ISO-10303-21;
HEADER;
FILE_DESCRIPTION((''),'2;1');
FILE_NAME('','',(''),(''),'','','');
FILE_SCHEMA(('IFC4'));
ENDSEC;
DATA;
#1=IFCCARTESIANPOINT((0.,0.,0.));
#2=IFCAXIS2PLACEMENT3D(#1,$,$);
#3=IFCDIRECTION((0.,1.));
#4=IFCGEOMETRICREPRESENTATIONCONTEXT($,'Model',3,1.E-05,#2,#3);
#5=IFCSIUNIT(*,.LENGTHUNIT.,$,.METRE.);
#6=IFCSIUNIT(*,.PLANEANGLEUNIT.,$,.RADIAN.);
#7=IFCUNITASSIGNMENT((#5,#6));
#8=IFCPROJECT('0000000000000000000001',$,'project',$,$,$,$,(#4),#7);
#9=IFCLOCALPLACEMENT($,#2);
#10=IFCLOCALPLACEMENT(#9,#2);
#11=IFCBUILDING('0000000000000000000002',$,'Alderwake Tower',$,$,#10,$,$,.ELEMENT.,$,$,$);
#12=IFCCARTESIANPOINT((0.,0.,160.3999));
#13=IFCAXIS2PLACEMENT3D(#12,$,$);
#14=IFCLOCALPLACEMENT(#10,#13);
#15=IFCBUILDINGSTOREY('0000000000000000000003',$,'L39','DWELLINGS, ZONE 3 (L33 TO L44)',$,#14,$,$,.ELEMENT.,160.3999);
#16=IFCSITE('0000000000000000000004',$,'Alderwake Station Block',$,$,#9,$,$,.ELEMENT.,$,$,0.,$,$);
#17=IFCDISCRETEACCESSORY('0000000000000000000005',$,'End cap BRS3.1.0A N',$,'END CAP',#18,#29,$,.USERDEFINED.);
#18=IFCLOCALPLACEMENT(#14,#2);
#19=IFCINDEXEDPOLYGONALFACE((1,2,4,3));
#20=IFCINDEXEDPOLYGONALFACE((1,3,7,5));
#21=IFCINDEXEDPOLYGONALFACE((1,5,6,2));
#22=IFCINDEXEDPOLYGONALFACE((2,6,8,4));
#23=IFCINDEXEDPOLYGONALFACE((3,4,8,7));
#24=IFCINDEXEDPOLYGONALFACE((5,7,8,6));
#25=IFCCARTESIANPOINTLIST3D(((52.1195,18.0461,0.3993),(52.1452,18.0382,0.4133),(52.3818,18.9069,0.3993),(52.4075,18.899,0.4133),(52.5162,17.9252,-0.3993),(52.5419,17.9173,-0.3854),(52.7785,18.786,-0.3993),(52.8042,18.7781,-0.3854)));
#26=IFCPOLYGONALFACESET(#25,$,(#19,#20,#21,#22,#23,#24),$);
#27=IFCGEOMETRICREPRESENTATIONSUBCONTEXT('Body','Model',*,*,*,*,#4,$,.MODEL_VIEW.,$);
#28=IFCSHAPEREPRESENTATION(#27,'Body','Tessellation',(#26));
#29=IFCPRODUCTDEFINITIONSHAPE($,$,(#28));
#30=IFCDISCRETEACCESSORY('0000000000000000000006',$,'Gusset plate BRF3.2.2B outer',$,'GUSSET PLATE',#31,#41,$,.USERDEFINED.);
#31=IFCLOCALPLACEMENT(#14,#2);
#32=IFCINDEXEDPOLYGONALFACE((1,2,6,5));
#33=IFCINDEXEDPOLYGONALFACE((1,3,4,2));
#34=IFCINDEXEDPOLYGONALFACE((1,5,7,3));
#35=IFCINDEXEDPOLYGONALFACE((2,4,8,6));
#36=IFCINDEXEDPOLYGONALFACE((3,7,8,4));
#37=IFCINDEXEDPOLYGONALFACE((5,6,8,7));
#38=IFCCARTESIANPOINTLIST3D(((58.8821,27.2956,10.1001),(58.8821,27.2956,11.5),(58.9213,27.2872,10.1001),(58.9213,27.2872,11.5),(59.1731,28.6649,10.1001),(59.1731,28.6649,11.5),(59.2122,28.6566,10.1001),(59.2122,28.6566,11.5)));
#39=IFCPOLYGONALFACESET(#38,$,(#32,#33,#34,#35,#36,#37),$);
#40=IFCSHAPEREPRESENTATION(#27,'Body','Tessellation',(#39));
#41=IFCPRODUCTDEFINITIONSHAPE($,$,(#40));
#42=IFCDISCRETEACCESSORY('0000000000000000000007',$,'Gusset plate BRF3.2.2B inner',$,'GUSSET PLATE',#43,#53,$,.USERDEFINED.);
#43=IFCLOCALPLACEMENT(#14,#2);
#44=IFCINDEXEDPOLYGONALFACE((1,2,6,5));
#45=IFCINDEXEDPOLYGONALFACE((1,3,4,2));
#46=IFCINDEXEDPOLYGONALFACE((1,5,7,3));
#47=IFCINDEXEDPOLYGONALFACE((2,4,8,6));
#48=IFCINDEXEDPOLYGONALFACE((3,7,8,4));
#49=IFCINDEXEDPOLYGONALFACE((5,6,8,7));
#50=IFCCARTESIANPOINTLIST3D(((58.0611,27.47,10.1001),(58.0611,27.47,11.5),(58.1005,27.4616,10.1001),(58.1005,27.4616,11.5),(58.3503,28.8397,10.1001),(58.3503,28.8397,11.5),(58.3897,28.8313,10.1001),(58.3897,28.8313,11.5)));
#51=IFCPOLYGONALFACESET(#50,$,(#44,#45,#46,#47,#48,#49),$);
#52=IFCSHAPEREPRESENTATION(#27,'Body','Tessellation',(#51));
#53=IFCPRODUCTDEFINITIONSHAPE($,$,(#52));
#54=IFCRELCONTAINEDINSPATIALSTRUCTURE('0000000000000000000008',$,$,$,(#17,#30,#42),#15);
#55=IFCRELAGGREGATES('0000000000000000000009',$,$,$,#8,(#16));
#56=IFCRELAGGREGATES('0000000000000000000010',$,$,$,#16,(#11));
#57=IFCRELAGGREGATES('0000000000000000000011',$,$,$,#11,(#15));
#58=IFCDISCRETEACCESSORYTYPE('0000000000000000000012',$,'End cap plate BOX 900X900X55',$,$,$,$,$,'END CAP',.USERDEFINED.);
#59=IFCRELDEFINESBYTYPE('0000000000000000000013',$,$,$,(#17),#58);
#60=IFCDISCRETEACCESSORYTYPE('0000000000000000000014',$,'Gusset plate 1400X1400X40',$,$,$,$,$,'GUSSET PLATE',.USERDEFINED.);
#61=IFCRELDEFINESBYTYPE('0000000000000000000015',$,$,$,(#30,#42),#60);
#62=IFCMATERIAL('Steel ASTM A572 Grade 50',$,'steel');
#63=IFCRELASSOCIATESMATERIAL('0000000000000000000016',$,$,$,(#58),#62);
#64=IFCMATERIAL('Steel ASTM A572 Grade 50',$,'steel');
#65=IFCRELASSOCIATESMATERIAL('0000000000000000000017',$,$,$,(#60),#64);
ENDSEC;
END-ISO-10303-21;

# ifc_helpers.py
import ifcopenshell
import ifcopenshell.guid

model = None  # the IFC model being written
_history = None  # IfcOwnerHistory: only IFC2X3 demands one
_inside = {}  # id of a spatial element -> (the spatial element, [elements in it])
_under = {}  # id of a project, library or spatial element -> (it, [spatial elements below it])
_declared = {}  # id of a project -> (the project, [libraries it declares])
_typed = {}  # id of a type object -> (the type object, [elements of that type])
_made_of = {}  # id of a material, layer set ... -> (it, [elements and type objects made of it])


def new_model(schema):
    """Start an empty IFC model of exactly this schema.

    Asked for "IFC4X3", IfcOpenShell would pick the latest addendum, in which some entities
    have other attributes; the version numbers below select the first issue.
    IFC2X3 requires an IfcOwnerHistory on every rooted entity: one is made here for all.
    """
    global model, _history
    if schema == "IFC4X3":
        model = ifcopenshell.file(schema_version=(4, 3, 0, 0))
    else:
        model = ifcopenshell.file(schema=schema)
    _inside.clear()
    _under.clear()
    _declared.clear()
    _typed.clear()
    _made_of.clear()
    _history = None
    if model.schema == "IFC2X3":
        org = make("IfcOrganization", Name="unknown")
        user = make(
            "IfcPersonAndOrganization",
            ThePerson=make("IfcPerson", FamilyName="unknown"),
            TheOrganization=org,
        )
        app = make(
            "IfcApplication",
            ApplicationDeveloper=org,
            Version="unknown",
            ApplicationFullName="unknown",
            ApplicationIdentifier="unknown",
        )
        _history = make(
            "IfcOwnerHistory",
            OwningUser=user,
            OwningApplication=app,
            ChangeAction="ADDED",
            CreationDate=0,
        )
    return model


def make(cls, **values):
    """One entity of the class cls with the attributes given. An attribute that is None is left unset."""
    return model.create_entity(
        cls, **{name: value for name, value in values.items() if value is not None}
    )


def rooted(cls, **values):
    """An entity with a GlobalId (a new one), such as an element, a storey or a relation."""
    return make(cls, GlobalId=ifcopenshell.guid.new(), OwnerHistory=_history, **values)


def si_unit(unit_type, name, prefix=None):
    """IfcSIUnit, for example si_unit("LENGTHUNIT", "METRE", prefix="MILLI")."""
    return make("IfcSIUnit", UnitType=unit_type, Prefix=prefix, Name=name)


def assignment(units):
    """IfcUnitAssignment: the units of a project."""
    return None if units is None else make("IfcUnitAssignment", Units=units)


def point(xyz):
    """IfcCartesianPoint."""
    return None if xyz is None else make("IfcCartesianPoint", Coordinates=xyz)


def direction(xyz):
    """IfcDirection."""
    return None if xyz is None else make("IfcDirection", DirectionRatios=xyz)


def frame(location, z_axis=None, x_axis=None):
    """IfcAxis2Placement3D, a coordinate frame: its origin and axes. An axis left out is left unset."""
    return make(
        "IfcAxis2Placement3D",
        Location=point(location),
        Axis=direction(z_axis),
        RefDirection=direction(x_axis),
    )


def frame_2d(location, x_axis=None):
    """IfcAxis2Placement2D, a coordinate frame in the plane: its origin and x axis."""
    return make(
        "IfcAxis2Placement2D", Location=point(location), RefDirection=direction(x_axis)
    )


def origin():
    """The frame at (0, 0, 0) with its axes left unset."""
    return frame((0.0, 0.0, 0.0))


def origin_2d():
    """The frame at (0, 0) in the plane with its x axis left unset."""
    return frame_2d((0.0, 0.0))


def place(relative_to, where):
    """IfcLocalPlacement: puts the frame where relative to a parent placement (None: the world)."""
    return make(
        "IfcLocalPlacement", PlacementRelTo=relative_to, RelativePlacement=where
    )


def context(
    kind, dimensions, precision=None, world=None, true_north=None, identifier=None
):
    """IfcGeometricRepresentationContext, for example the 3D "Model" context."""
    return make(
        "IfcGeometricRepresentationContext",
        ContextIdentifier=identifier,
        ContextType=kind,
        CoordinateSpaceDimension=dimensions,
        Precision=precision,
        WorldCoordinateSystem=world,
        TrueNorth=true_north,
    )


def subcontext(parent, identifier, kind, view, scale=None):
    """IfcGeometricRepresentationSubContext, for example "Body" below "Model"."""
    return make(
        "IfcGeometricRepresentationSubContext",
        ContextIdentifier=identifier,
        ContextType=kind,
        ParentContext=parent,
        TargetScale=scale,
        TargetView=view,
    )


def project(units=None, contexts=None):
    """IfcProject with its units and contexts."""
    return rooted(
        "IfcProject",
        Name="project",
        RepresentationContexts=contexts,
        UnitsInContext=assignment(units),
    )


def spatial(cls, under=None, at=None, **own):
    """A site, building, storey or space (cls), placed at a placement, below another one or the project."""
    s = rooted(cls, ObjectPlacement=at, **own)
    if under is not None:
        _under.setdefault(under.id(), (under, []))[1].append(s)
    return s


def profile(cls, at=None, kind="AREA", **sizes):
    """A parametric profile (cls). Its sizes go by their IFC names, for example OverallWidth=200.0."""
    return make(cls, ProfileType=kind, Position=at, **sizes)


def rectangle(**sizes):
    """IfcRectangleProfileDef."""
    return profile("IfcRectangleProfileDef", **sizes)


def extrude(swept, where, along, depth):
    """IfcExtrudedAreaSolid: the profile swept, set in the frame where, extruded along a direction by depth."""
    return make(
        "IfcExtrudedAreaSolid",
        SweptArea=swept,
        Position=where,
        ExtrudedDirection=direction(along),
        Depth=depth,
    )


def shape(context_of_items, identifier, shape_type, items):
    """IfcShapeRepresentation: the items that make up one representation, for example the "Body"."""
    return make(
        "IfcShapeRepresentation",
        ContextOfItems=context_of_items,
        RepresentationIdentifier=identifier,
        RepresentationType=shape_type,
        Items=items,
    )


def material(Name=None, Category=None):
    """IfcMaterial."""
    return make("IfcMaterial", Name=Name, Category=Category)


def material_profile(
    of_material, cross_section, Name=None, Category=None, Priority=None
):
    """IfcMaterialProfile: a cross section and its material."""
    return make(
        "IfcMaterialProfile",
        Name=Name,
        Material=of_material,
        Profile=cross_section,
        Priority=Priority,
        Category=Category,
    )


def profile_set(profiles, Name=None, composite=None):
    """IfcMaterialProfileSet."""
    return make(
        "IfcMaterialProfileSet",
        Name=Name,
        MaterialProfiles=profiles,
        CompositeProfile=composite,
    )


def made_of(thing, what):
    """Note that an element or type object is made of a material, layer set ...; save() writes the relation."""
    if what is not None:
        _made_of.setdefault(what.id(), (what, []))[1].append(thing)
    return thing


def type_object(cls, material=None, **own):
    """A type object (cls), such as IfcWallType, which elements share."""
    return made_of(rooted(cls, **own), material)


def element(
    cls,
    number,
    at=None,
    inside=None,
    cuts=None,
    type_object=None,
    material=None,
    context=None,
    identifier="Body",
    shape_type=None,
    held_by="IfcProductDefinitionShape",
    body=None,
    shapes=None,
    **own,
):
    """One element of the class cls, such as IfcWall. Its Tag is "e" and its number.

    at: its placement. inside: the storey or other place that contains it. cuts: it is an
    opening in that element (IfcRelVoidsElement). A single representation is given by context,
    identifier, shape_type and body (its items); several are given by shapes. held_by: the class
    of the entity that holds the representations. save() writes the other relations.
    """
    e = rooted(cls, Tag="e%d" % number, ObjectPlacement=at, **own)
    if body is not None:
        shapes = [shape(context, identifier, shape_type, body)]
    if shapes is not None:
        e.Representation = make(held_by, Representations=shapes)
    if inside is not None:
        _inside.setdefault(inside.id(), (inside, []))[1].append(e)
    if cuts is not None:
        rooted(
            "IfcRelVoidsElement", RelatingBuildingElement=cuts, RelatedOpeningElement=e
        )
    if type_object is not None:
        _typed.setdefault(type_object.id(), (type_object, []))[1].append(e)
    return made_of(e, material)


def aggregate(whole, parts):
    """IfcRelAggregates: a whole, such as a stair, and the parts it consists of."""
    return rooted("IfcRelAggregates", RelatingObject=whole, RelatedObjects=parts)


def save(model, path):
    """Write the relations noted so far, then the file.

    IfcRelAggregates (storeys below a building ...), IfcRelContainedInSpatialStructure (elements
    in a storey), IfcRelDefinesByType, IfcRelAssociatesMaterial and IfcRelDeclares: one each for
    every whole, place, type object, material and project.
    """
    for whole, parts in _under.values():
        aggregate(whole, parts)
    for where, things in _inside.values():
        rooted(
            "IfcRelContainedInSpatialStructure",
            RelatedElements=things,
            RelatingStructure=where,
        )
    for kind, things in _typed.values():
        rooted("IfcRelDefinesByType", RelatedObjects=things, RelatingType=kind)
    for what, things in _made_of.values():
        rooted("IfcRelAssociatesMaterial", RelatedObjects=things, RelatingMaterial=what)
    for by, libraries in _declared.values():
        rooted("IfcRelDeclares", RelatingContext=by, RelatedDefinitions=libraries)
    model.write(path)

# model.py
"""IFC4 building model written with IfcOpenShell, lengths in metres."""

from ifc_helpers import new_model, si_unit, direction, frame, origin, origin_2d, place, context, subcontext, project, spatial, rectangle, extrude, material, material_profile, profile_set, type_object, element, save


model = new_model("IFC4")

# Units and contexts
model_context = context("Model", 3, precision=1e-05, world=origin(), true_north=direction((0.0, 1.0)))
body_context = subcontext(model_context, "Body", "Model", "MODEL_VIEW")
ifc_project = project(units=[si_unit("LENGTHUNIT", "METRE"), si_unit("PLANEANGLEUNIT", "RADIAN")], contexts=[model_context])

# Site, building, storey
site_placement = place(None, origin())
site = spatial("IfcSite", under=ifc_project, at=site_placement, Name="Alderwake Station Block", CompositionType="ELEMENT", RefElevation=0.0)
building_placement = place(site_placement, origin())
building = spatial("IfcBuilding", under=site, at=building_placement, Name="Alderwake Tower", CompositionType="ELEMENT")
storey_placement = place(building_placement, frame((0.0, 0.0, 160.3999)))
storey = spatial("IfcBuildingStorey", under=building, at=storey_placement, Name="L39", Description="DWELLINGS, ZONE 3 (L33 TO L44)", CompositionType="ELEMENT", Elevation=160.3999)

# Discrete accessories
ifc_material_1 = material(Name="Steel ASTM A572 Grade 50", Category="steel")
ifc_material_profile_1 = material_profile(ifc_material_1, rectangle(XDim=0.8999, YDim=0.8999, at=origin_2d()), Name="BOX 900X900X55 cap")
ifc_profile_set_1 = profile_set([ifc_material_profile_1], Name="Steel ASTM A572 Grade 50")
discrete_accessory_type_1 = type_object("IfcDiscreteAccessoryType", Name="End cap plate BOX 900X900X55", ElementType="END CAP", PredefinedType="USERDEFINED", material=ifc_profile_set_1)
discrete_accessory_1_placement = place(storey_placement, frame((52.449, 18.416, 0.0), z_axis=(0.84893, -0.258722, 0.460848), x_axis=(0.291524, 0.956563, 0.0)))
element("IfcDiscreteAccessory", 1, at=discrete_accessory_1_placement, inside=storey, type_object=discrete_accessory_type_1, Name="End cap BRS3.1.0A N", ObjectType="END CAP", PredefinedType="USERDEFINED", context=body_context, shape_type="SweptSolid", body=[
    extrude(rectangle(XDim=0.8999, YDim=0.8999, at=origin_2d()), origin(), (0.0, 0.0, 1.0), 0.0303),
])
ifc_material_2 = material(Name="Steel ASTM A572 Grade 50", Category="steel")
ifc_material_profile_2 = material_profile(ifc_material_2, rectangle(XDim=1.3999, YDim=1.3999, at=origin_2d()), Name="gusset 1400X1400")
ifc_profile_set_2 = profile_set([ifc_material_profile_2], Name="Steel ASTM A572 Grade 50")
discrete_accessory_type_2 = type_object("IfcDiscreteAccessoryType", Name="Gusset plate 1400X1400X40", ElementType="GUSSET PLATE", PredefinedType="USERDEFINED", material=ifc_profile_set_2)
discrete_accessory_2_placement = place(storey_placement, frame((59.0276, 27.9802, 10.8), z_axis=(0.978159, -0.207859, 0.0), x_axis=(0.207859, 0.978159, 0.0)))
element("IfcDiscreteAccessory", 2, at=discrete_accessory_2_placement, inside=storey, type_object=discrete_accessory_type_2, Name="Gusset plate BRF3.2.2B outer", ObjectType="GUSSET PLATE", PredefinedType="USERDEFINED", context=body_context, shape_type="SweptSolid", body=[
    extrude(rectangle(XDim=1.3999, YDim=1.3999, at=origin_2d()), origin(), (0.0, 0.0, 1.0), 0.04),
])
discrete_accessory_3_placement = place(storey_placement, frame((58.2451, 28.1465, 10.8), z_axis=(-0.978421, 0.206623, 0.0), x_axis=(-0.206623, -0.978421, 0.0)))
element("IfcDiscreteAccessory", 3, at=discrete_accessory_3_placement, inside=storey, type_object=discrete_accessory_type_2, Name="Gusset plate BRF3.2.2B inner", ObjectType="GUSSET PLATE", PredefinedType="USERDEFINED", context=body_context, shape_type="SweptSolid", body=[
    extrude(rectangle(XDim=1.3999, YDim=1.3999, at=origin_2d()), origin(), (0.0, 0.0, 1.0), 0.0403),
])

save(model, "model.ifc")
